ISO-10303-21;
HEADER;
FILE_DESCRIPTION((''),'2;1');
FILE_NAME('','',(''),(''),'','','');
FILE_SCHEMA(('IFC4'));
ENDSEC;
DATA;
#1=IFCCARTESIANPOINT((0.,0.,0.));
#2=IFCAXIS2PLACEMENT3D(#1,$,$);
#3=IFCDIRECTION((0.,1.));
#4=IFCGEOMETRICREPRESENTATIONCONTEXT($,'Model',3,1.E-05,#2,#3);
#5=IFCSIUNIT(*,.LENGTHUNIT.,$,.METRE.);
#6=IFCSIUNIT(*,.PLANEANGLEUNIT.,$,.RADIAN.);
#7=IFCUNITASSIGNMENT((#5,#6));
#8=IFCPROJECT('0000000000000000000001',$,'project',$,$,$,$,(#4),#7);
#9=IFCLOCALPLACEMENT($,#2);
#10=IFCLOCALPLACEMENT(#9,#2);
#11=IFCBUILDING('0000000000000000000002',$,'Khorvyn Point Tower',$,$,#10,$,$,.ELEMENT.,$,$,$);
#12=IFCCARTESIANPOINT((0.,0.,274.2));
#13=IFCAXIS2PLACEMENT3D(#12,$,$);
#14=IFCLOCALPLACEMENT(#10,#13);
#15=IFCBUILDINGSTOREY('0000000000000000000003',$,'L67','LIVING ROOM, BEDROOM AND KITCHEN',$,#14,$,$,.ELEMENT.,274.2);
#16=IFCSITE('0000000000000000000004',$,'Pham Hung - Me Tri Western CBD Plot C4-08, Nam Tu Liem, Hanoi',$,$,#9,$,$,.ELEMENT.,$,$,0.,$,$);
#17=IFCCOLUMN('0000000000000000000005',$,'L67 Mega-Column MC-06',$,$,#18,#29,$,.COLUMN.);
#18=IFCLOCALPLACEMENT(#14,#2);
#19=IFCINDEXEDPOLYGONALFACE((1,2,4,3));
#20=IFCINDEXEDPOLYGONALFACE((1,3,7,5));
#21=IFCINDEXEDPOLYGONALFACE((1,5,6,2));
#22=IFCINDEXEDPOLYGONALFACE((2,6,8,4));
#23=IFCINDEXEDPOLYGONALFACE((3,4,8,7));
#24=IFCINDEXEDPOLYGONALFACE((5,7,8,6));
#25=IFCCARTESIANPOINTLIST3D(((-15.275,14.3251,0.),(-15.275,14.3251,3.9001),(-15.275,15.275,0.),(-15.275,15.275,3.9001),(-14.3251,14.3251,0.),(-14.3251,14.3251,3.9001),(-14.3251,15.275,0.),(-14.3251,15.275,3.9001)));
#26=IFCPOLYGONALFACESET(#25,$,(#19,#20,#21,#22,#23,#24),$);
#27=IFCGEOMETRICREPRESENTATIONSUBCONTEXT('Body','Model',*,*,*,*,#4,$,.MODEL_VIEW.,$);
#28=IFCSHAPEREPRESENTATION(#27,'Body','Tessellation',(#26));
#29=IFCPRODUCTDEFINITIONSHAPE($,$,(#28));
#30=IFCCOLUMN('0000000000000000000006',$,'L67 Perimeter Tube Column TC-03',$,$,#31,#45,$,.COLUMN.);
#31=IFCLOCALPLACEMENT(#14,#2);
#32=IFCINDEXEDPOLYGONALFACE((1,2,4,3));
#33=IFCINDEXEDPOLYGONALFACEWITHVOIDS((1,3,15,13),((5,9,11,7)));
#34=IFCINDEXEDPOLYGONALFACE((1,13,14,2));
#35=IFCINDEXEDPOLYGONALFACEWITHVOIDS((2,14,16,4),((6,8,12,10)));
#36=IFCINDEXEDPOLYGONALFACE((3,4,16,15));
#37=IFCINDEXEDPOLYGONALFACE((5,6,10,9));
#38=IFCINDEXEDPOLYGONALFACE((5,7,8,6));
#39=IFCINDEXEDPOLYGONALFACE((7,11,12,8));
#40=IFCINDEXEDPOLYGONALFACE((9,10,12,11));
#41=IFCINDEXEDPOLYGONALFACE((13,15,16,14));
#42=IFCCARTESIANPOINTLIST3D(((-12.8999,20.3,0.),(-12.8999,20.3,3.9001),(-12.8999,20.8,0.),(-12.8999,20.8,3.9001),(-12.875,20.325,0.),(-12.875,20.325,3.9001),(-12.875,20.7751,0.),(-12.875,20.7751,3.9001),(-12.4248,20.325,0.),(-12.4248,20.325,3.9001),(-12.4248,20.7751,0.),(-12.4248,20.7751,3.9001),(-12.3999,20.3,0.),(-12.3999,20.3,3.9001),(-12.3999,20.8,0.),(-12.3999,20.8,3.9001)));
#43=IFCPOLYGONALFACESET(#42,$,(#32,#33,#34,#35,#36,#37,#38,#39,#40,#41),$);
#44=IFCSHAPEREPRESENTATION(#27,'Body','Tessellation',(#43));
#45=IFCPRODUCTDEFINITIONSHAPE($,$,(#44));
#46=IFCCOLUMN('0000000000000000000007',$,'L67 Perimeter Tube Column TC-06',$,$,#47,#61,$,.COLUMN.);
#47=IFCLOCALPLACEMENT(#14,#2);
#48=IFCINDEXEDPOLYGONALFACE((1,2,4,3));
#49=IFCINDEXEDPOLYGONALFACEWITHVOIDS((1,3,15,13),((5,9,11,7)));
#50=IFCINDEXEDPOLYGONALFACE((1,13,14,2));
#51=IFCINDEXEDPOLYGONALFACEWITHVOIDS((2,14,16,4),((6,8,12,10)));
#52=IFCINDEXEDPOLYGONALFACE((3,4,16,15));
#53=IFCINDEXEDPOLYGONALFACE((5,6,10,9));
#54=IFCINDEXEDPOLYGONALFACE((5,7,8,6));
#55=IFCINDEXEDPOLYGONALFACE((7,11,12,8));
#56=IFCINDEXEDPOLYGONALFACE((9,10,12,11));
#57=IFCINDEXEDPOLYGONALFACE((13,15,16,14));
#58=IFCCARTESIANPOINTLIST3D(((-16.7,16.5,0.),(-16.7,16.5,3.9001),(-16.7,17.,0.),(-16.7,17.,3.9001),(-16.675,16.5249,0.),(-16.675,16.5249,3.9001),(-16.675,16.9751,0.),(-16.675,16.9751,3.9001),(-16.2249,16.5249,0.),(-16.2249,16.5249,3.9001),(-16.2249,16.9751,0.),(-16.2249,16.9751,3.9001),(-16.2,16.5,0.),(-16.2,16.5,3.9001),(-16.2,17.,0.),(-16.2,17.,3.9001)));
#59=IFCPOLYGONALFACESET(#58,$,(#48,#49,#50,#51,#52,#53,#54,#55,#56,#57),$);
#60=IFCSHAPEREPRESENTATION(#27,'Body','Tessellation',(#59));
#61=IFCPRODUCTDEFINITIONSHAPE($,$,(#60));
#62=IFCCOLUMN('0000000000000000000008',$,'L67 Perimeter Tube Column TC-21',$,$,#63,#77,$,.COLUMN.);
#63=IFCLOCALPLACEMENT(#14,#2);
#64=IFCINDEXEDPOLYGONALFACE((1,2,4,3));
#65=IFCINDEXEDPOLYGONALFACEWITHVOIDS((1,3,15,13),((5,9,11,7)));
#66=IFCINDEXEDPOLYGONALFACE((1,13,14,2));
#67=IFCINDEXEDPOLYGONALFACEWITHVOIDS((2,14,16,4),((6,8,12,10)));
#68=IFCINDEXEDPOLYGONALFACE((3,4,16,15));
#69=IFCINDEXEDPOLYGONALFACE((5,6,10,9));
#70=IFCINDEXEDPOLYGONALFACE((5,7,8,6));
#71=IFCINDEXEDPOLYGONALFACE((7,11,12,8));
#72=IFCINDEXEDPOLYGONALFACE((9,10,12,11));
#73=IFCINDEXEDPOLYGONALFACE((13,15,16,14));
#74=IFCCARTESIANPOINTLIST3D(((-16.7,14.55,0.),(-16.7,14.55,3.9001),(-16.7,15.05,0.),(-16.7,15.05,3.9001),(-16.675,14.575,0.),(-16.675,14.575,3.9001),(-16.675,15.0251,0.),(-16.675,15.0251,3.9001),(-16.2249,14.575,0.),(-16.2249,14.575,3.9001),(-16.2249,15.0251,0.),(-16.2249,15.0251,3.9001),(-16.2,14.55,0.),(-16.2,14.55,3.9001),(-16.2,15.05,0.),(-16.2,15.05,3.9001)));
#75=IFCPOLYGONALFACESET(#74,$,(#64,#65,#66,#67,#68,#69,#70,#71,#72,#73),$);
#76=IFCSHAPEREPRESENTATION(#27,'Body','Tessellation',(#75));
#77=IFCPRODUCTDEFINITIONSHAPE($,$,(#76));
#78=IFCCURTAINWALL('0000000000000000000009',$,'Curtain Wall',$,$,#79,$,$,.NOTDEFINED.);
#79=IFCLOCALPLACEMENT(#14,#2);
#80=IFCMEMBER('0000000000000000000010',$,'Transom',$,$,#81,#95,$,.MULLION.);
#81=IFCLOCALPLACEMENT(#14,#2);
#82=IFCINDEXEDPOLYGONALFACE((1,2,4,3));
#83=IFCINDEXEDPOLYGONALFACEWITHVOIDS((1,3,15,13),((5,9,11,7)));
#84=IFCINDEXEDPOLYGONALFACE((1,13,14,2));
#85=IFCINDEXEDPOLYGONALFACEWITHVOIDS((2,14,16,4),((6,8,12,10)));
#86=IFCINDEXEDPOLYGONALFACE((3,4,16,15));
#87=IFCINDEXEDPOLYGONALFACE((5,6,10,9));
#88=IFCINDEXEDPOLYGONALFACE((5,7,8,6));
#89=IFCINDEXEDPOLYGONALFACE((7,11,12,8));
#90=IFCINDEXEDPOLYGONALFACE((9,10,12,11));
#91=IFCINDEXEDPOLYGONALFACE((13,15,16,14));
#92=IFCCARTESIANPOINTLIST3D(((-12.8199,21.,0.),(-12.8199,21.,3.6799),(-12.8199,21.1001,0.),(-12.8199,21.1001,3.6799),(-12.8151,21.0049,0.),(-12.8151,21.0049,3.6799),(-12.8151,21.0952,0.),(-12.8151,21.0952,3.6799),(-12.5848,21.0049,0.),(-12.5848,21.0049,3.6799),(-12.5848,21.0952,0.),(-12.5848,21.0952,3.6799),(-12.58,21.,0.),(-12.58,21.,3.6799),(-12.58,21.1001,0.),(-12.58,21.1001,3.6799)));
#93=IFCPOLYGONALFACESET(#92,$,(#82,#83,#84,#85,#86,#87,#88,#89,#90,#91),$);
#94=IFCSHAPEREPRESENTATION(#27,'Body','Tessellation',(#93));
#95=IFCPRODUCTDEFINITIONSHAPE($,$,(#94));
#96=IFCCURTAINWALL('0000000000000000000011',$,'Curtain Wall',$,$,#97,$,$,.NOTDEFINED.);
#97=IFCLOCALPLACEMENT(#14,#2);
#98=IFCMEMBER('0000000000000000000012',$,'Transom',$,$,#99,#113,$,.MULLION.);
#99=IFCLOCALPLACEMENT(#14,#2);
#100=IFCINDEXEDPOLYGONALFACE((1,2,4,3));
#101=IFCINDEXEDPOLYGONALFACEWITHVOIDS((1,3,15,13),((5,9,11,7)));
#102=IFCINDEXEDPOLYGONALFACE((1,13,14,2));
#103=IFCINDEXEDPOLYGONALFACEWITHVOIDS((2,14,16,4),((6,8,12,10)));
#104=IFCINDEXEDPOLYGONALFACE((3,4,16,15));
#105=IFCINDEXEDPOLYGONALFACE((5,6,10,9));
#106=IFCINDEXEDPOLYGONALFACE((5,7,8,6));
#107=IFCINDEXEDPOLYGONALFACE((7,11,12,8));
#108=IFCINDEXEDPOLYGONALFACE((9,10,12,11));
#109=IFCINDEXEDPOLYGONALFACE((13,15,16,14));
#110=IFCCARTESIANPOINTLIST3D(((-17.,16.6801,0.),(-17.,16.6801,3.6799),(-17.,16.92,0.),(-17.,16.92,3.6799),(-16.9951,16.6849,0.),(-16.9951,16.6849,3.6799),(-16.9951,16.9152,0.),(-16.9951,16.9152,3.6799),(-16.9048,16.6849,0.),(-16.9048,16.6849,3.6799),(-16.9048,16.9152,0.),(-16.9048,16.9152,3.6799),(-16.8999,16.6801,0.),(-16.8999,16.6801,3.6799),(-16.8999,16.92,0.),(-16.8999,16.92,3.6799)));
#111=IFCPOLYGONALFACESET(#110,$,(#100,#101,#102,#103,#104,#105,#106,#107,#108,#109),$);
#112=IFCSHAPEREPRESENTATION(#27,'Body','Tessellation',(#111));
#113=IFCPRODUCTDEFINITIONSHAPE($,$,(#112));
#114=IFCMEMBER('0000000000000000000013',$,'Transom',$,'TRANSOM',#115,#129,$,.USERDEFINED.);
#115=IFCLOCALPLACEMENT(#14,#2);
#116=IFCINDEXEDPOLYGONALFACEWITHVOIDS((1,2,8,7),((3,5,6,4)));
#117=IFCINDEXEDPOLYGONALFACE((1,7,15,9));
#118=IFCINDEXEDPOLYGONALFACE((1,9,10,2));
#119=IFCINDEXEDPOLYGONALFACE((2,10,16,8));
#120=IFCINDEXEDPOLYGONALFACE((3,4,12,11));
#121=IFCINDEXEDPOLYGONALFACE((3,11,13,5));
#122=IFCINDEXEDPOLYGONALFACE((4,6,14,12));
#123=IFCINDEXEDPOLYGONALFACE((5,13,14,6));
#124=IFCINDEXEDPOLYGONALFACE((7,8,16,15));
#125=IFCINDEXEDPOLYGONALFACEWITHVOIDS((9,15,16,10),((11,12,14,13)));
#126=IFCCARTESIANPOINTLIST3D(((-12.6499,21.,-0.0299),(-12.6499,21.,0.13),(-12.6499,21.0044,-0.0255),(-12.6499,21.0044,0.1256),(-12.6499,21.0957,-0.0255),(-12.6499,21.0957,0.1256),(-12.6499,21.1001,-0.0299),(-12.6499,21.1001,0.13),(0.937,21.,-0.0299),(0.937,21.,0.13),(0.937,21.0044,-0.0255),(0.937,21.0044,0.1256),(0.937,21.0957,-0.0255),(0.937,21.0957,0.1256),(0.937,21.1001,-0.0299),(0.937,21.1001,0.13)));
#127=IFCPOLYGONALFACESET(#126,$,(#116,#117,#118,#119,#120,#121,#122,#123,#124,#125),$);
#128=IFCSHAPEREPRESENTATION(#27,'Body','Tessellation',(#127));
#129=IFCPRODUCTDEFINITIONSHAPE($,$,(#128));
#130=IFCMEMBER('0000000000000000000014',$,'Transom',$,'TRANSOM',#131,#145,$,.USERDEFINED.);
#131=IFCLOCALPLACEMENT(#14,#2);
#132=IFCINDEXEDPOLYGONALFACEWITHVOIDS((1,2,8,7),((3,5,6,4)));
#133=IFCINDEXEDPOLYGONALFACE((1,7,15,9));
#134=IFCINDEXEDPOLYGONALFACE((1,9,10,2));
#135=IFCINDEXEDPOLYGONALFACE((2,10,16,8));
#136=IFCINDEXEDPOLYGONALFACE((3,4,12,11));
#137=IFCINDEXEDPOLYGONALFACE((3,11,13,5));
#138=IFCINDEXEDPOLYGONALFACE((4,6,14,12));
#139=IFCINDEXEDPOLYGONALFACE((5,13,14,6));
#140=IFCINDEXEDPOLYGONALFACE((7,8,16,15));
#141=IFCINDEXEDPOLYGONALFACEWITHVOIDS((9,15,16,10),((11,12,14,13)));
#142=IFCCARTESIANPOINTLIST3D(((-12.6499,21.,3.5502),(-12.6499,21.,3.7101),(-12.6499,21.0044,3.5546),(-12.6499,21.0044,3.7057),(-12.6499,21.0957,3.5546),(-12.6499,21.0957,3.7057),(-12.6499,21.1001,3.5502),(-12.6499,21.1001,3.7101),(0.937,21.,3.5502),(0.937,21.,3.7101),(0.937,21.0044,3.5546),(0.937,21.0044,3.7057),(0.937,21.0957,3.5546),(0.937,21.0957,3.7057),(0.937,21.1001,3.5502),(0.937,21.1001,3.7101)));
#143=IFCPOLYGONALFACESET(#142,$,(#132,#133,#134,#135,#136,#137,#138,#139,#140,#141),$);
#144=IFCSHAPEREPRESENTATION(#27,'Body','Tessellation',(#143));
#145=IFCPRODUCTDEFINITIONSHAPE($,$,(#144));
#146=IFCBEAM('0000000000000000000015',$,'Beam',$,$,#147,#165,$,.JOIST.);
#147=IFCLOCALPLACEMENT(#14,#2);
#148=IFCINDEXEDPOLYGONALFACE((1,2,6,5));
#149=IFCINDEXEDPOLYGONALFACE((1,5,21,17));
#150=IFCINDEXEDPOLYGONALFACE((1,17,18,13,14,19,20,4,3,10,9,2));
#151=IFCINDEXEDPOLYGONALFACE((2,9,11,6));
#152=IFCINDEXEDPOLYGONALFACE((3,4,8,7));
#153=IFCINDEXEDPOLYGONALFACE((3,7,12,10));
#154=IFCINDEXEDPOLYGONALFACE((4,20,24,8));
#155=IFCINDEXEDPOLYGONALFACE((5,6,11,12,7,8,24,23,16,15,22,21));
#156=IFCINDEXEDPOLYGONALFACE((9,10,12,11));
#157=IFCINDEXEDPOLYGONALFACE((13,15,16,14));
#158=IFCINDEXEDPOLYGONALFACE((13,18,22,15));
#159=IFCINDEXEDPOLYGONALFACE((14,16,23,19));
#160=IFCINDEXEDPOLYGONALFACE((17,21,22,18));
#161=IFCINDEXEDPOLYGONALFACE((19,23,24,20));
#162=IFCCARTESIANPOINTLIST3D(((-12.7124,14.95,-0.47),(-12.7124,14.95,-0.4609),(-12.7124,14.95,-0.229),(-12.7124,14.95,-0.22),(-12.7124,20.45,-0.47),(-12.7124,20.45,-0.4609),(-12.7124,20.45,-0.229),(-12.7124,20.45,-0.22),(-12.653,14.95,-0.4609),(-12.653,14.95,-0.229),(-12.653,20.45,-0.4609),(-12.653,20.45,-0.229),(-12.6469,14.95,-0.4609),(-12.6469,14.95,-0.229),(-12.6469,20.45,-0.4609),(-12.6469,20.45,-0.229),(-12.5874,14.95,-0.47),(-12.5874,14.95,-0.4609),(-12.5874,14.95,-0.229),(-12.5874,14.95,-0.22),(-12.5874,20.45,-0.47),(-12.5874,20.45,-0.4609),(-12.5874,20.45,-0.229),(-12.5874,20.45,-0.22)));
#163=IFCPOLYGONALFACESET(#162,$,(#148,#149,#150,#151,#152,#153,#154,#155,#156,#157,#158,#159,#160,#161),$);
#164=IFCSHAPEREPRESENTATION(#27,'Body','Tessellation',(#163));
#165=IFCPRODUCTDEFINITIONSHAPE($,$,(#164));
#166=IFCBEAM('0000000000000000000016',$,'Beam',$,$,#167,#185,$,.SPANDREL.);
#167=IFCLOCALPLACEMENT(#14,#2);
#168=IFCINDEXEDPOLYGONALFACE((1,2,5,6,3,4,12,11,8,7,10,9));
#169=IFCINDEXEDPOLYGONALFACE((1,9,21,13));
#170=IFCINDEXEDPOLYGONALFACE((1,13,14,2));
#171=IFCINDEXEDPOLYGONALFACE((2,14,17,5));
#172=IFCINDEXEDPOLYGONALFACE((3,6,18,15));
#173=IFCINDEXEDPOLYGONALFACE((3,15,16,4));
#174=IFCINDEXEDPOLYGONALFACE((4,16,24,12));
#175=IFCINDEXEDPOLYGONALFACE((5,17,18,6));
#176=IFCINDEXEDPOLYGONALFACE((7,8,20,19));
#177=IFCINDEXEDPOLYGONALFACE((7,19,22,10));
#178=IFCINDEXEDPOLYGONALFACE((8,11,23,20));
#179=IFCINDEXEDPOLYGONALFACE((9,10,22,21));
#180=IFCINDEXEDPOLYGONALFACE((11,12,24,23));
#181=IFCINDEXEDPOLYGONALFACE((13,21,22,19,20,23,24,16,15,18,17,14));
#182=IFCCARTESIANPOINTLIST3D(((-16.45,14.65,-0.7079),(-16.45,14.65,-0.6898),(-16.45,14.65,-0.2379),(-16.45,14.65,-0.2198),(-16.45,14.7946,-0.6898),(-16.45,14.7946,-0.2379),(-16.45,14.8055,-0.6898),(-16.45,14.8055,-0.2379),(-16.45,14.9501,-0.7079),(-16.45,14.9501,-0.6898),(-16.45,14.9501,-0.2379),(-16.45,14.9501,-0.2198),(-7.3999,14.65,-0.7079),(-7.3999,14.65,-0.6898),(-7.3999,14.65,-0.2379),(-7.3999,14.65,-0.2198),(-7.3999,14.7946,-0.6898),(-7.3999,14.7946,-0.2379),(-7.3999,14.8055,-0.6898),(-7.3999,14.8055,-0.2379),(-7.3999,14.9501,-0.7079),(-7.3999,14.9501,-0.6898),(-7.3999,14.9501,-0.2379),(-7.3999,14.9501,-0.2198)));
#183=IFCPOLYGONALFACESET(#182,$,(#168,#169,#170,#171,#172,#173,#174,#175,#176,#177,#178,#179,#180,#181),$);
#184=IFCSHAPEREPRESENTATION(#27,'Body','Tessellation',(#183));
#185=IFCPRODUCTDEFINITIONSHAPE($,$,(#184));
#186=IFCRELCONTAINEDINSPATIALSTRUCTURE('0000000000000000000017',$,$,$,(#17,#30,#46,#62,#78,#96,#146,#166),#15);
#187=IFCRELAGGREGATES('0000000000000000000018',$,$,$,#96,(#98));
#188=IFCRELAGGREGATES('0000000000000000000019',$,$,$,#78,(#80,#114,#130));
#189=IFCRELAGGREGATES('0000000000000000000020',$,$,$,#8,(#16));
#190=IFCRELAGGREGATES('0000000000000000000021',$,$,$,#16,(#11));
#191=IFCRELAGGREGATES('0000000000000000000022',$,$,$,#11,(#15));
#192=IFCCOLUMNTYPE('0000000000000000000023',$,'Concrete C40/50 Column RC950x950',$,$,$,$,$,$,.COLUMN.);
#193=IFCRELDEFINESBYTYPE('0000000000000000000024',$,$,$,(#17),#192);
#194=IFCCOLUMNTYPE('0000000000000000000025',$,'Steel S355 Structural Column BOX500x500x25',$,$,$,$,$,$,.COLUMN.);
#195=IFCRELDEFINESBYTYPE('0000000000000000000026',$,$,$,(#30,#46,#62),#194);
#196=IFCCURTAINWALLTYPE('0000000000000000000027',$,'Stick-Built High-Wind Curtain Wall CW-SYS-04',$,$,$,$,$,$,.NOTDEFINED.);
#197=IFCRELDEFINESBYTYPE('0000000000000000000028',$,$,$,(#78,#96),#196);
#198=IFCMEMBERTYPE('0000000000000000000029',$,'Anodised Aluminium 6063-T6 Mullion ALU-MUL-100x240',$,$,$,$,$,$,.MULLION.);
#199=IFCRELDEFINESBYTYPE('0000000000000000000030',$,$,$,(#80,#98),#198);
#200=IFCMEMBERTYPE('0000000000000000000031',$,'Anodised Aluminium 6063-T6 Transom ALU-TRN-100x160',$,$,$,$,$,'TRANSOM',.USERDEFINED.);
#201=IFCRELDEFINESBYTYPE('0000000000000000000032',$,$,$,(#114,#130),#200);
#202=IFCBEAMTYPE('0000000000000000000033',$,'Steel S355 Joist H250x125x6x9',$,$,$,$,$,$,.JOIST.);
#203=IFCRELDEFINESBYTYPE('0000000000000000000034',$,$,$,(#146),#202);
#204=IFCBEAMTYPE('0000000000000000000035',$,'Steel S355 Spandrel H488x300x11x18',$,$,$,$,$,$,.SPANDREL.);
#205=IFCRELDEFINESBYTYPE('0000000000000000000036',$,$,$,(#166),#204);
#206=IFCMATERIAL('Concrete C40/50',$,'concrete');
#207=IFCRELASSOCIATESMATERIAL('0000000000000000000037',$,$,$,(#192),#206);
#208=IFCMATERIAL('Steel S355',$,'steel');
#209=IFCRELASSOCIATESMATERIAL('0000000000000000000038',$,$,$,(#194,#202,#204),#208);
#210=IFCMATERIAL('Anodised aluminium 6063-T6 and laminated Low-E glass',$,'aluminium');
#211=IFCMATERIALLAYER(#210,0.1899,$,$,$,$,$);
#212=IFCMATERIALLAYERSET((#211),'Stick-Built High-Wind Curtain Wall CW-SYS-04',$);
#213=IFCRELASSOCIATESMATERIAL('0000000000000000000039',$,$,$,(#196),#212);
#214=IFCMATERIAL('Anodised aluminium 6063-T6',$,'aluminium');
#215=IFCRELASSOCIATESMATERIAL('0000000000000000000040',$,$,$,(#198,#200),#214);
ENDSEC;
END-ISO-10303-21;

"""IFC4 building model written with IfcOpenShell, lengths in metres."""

from ifc_helpers import new_model, si_unit, direction, frame, origin, origin_2d, place, context, subcontext, project, spatial, rectangle, hollow_rectangle, i_section, extrude, material, layer, layer_set, material_profile, profile_set, type_object, element, aggregate, save


model = new_model("IFC4")

# Units and contexts
model_context = context("Model", 3, precision=1e-05, world=origin(), true_north=direction((0.0, 1.0)))
body_context = subcontext(model_context, "Body", "Model", "MODEL_VIEW")
ifc_project = project(units=[si_unit("LENGTHUNIT", "METRE"), si_unit("PLANEANGLEUNIT", "RADIAN")], contexts=[model_context])

# Site, building, storey
site_placement = place(None, origin())
site = spatial("IfcSite", under=ifc_project, at=site_placement, Name="Pham Hung - Me Tri Western CBD Plot C4-08, Nam Tu Liem, Hanoi", CompositionType="ELEMENT", RefElevation=0.0)
building_placement = place(site_placement, origin())
building = spatial("IfcBuilding", under=site, at=building_placement, Name="Khorvyn Point Tower", CompositionType="ELEMENT")
storey_placement = place(building_placement, frame((0.0, 0.0, 274.2)))
storey = spatial("IfcBuildingStorey", under=building, at=storey_placement, Name="L67", Description="LIVING ROOM, BEDROOM AND KITCHEN", CompositionType="ELEMENT", Elevation=274.2)

# Columns
ifc_material_1 = material(Name="Concrete C40/50", Category="concrete")
ifc_material_profile_1 = material_profile(ifc_material_1, rectangle(XDim=0.95, YDim=0.95, at=origin_2d()))
ifc_profile_set_1 = profile_set([ifc_material_profile_1], Name="Concrete C40/50 RC950x950")
column_type_1 = type_object("IfcColumnType", Name="Concrete C40/50 Column RC950x950", PredefinedType="COLUMN", material=ifc_profile_set_1)
column_placement = place(storey_placement, frame((-14.8, 14.8, 0.0), z_axis=(0.0, 0.0, 1.0), x_axis=(1.0, 0.0, 0.0)))
element("IfcColumn", 1, at=column_placement, inside=storey, type_object=column_type_1, Name="L67 Mega-Column MC-06", PredefinedType="COLUMN", context=body_context, shape_type="SweptSolid", body=[
    extrude(rectangle(XDim=0.95, YDim=0.95, at=origin_2d()), origin(), (0.0, 0.0, 1.0), 3.9001),
])
ifc_material_2 = material(Name="Steel S355", Category="steel")
ifc_material_profile_2 = material_profile(ifc_material_2, hollow_rectangle(XDim=0.5, YDim=0.5, WallThickness=0.0249, at=origin_2d()))
ifc_profile_set_2 = profile_set([ifc_material_profile_2], Name="Steel S355 BOX500x500x25")
column_type_2 = type_object("IfcColumnType", Name="Steel S355 Structural Column BOX500x500x25", PredefinedType="COLUMN", material=ifc_profile_set_2)
for number, where, z_axis, x_axis, name in (
    (2, (-12.6499, 20.55, 0.0), (0.0, 0.0, 1.0), (1.0, 0.0, 0.0), "L67 Perimeter Tube Column TC-03"),
    (3, (-16.45, 16.75, 0.0), (0.0, 0.0, 1.0), (1.0, 0.0, 0.0), "L67 Perimeter Tube Column TC-06"),
    (4, (-16.45, 14.8, 0.0), (0.0, 0.0, 1.0), (1.0, 0.0, 0.0), "L67 Perimeter Tube Column TC-21"),
):
    element("IfcColumn", number, at=place(storey_placement, frame(where, z_axis=z_axis, x_axis=x_axis)), inside=storey, type_object=column_type_2, Name=name, PredefinedType="COLUMN", context=body_context, shape_type="SweptSolid", body=[
        extrude(hollow_rectangle(XDim=0.5, YDim=0.5, WallThickness=0.0249, at=origin_2d()), origin(), (0.0, 0.0, 1.0), 3.9001),
    ])

# Curtain walls, members
ifc_material_3 = material(Name="Anodised aluminium 6063-T6 and laminated Low-E glass", Category="aluminium")
ifc_layer_1 = layer(ifc_material_3, 0.1899)
ifc_layer_set_1 = layer_set([ifc_layer_1], Name="Stick-Built High-Wind Curtain Wall CW-SYS-04")
curtain_wall_type = type_object("IfcCurtainWallType", Name="Stick-Built High-Wind Curtain Wall CW-SYS-04", PredefinedType="NOTDEFINED", material=ifc_layer_set_1)
curtain_wall_1_placement = place(storey_placement, origin())
curtain_wall_1 = element("IfcCurtainWall", 5, at=curtain_wall_1_placement, inside=storey, type_object=curtain_wall_type, Name="Curtain Wall", PredefinedType="NOTDEFINED")
ifc_material_4 = material(Name="Anodised aluminium 6063-T6", Category="aluminium")
ifc_material_profile_3 = material_profile(ifc_material_4, hollow_rectangle(XDim=0.1001, YDim=0.24, WallThickness=0.0049, at=origin_2d()))
ifc_profile_set_3 = profile_set([ifc_material_profile_3], Name="Anodised aluminium 6063-T6 ALU-MUL-100x240")
member_type_1 = type_object("IfcMemberType", Name="Anodised Aluminium 6063-T6 Mullion ALU-MUL-100x240", PredefinedType="MULLION", material=ifc_profile_set_3)
member_1_placement = place(storey_placement, frame((-12.7, 21.05, 0.0), z_axis=(0.0, 0.0, 1.0), x_axis=(0.0, 1.0, 0.0)))
member_1 = element("IfcMember", 6, at=member_1_placement, type_object=member_type_1, Name="Transom", PredefinedType="MULLION", context=body_context, shape_type="SweptSolid", body=[
    extrude(hollow_rectangle(XDim=0.1001, YDim=0.24, WallThickness=0.0049, at=origin_2d()), origin(), (0.0, 0.0, 1.0), 3.6799),
])
curtain_wall_2_placement = place(storey_placement, origin())
curtain_wall_2 = element("IfcCurtainWall", 7, at=curtain_wall_2_placement, inside=storey, type_object=curtain_wall_type, Name="Curtain Wall", PredefinedType="NOTDEFINED")
member_2_placement = place(storey_placement, frame((-16.95, 16.8, 0.0), z_axis=(0.0, 0.0, 1.0), x_axis=(-1.0, 0.0, 0.0)))
member_2 = element("IfcMember", 8, at=member_2_placement, type_object=member_type_1, Name="Transom", PredefinedType="MULLION", context=body_context, shape_type="SweptSolid", body=[
    extrude(hollow_rectangle(XDim=0.1001, YDim=0.24, WallThickness=0.0049, at=origin_2d()), origin(), (0.0, 0.0, 1.0), 3.6799),
])
aggregate(curtain_wall_2, [member_2])

# Members
ifc_material_profile_4 = material_profile(ifc_material_4, hollow_rectangle(XDim=0.1001, YDim=0.1599, WallThickness=0.0044, at=origin_2d()))
ifc_profile_set_4 = profile_set([ifc_material_profile_4], Name="Anodised aluminium 6063-T6 ALU-TRN-100x160")
member_type_2 = type_object("IfcMemberType", Name="Anodised Aluminium 6063-T6 Transom ALU-TRN-100x160", ElementType="TRANSOM", PredefinedType="USERDEFINED", material=ifc_profile_set_4)
member_3_placement = place(storey_placement, frame((-12.6499, 21.05, 0.05), z_axis=(1.0, 0.0, 0.0), x_axis=(0.0, 1.0, 0.0)))
member_3 = element("IfcMember", 9, at=member_3_placement, type_object=member_type_2, Name="Transom", ObjectType="TRANSOM", PredefinedType="USERDEFINED", context=body_context, shape_type="SweptSolid", body=[
    extrude(hollow_rectangle(XDim=0.1001, YDim=0.1599, WallThickness=0.0044, at=origin_2d()), origin(), (0.0, 0.0, 1.0), 13.5869),
])
member_4_placement = place(storey_placement, frame((-12.6499, 21.05, 3.6301), z_axis=(1.0, 0.0, 0.0), x_axis=(0.0, 1.0, 0.0)))
member_4 = element("IfcMember", 10, at=member_4_placement, type_object=member_type_2, Name="Transom", ObjectType="TRANSOM", PredefinedType="USERDEFINED", context=body_context, shape_type="SweptSolid", body=[
    extrude(hollow_rectangle(XDim=0.1001, YDim=0.1599, WallThickness=0.0044, at=origin_2d()), origin(), (0.0, 0.0, 1.0), 13.5869),
])
aggregate(curtain_wall_1, [member_1, member_3, member_4])

# Beams
ifc_material_profile_5 = material_profile(ifc_material_2, i_section(OverallWidth=0.125, OverallDepth=0.25, WebThickness=0.0061, FlangeThickness=0.009, at=origin_2d()))
ifc_profile_set_5 = profile_set([ifc_material_profile_5], Name="Steel S355 H250x125x6x9")
beam_type_1 = type_object("IfcBeamType", Name="Steel S355 Joist H250x125x6x9", PredefinedType="JOIST", material=ifc_profile_set_5)
beam_1_placement = place(storey_placement, frame((-12.6499, 14.95, -0.345), z_axis=(0.0, 1.0, 0.0), x_axis=(-1.0, 0.0, 0.0)))
element("IfcBeam", 11, at=beam_1_placement, inside=storey, type_object=beam_type_1, Name="Beam", PredefinedType="JOIST", context=body_context, shape_type="SweptSolid", body=[
    extrude(i_section(OverallWidth=0.125, OverallDepth=0.25, WebThickness=0.0061, FlangeThickness=0.009, at=origin_2d()), origin(), (0.0, 0.0, 1.0), 5.5),
])
ifc_material_profile_6 = material_profile(ifc_material_2, i_section(OverallWidth=0.3, OverallDepth=0.488, WebThickness=0.011, FlangeThickness=0.0181, at=origin_2d()))
ifc_profile_set_6 = profile_set([ifc_material_profile_6], Name="Steel S355 H488x300x11x18")
beam_type_2 = type_object("IfcBeamType", Name="Steel S355 Spandrel H488x300x11x18", PredefinedType="SPANDREL", material=ifc_profile_set_6)
beam_2_placement = place(storey_placement, frame((-16.45, 14.8, -0.4639), z_axis=(1.0, 0.0, 0.0), x_axis=(0.0, 1.0, 0.0)))
element("IfcBeam", 12, at=beam_2_placement, inside=storey, type_object=beam_type_2, Name="Beam", PredefinedType="SPANDREL", context=body_context, shape_type="SweptSolid", body=[
    extrude(i_section(OverallWidth=0.3, OverallDepth=0.488, WebThickness=0.011, FlangeThickness=0.0181, at=origin_2d()), origin(), (0.0, 0.0, 1.0), 9.05),
])

save(model, "model.ifc")
